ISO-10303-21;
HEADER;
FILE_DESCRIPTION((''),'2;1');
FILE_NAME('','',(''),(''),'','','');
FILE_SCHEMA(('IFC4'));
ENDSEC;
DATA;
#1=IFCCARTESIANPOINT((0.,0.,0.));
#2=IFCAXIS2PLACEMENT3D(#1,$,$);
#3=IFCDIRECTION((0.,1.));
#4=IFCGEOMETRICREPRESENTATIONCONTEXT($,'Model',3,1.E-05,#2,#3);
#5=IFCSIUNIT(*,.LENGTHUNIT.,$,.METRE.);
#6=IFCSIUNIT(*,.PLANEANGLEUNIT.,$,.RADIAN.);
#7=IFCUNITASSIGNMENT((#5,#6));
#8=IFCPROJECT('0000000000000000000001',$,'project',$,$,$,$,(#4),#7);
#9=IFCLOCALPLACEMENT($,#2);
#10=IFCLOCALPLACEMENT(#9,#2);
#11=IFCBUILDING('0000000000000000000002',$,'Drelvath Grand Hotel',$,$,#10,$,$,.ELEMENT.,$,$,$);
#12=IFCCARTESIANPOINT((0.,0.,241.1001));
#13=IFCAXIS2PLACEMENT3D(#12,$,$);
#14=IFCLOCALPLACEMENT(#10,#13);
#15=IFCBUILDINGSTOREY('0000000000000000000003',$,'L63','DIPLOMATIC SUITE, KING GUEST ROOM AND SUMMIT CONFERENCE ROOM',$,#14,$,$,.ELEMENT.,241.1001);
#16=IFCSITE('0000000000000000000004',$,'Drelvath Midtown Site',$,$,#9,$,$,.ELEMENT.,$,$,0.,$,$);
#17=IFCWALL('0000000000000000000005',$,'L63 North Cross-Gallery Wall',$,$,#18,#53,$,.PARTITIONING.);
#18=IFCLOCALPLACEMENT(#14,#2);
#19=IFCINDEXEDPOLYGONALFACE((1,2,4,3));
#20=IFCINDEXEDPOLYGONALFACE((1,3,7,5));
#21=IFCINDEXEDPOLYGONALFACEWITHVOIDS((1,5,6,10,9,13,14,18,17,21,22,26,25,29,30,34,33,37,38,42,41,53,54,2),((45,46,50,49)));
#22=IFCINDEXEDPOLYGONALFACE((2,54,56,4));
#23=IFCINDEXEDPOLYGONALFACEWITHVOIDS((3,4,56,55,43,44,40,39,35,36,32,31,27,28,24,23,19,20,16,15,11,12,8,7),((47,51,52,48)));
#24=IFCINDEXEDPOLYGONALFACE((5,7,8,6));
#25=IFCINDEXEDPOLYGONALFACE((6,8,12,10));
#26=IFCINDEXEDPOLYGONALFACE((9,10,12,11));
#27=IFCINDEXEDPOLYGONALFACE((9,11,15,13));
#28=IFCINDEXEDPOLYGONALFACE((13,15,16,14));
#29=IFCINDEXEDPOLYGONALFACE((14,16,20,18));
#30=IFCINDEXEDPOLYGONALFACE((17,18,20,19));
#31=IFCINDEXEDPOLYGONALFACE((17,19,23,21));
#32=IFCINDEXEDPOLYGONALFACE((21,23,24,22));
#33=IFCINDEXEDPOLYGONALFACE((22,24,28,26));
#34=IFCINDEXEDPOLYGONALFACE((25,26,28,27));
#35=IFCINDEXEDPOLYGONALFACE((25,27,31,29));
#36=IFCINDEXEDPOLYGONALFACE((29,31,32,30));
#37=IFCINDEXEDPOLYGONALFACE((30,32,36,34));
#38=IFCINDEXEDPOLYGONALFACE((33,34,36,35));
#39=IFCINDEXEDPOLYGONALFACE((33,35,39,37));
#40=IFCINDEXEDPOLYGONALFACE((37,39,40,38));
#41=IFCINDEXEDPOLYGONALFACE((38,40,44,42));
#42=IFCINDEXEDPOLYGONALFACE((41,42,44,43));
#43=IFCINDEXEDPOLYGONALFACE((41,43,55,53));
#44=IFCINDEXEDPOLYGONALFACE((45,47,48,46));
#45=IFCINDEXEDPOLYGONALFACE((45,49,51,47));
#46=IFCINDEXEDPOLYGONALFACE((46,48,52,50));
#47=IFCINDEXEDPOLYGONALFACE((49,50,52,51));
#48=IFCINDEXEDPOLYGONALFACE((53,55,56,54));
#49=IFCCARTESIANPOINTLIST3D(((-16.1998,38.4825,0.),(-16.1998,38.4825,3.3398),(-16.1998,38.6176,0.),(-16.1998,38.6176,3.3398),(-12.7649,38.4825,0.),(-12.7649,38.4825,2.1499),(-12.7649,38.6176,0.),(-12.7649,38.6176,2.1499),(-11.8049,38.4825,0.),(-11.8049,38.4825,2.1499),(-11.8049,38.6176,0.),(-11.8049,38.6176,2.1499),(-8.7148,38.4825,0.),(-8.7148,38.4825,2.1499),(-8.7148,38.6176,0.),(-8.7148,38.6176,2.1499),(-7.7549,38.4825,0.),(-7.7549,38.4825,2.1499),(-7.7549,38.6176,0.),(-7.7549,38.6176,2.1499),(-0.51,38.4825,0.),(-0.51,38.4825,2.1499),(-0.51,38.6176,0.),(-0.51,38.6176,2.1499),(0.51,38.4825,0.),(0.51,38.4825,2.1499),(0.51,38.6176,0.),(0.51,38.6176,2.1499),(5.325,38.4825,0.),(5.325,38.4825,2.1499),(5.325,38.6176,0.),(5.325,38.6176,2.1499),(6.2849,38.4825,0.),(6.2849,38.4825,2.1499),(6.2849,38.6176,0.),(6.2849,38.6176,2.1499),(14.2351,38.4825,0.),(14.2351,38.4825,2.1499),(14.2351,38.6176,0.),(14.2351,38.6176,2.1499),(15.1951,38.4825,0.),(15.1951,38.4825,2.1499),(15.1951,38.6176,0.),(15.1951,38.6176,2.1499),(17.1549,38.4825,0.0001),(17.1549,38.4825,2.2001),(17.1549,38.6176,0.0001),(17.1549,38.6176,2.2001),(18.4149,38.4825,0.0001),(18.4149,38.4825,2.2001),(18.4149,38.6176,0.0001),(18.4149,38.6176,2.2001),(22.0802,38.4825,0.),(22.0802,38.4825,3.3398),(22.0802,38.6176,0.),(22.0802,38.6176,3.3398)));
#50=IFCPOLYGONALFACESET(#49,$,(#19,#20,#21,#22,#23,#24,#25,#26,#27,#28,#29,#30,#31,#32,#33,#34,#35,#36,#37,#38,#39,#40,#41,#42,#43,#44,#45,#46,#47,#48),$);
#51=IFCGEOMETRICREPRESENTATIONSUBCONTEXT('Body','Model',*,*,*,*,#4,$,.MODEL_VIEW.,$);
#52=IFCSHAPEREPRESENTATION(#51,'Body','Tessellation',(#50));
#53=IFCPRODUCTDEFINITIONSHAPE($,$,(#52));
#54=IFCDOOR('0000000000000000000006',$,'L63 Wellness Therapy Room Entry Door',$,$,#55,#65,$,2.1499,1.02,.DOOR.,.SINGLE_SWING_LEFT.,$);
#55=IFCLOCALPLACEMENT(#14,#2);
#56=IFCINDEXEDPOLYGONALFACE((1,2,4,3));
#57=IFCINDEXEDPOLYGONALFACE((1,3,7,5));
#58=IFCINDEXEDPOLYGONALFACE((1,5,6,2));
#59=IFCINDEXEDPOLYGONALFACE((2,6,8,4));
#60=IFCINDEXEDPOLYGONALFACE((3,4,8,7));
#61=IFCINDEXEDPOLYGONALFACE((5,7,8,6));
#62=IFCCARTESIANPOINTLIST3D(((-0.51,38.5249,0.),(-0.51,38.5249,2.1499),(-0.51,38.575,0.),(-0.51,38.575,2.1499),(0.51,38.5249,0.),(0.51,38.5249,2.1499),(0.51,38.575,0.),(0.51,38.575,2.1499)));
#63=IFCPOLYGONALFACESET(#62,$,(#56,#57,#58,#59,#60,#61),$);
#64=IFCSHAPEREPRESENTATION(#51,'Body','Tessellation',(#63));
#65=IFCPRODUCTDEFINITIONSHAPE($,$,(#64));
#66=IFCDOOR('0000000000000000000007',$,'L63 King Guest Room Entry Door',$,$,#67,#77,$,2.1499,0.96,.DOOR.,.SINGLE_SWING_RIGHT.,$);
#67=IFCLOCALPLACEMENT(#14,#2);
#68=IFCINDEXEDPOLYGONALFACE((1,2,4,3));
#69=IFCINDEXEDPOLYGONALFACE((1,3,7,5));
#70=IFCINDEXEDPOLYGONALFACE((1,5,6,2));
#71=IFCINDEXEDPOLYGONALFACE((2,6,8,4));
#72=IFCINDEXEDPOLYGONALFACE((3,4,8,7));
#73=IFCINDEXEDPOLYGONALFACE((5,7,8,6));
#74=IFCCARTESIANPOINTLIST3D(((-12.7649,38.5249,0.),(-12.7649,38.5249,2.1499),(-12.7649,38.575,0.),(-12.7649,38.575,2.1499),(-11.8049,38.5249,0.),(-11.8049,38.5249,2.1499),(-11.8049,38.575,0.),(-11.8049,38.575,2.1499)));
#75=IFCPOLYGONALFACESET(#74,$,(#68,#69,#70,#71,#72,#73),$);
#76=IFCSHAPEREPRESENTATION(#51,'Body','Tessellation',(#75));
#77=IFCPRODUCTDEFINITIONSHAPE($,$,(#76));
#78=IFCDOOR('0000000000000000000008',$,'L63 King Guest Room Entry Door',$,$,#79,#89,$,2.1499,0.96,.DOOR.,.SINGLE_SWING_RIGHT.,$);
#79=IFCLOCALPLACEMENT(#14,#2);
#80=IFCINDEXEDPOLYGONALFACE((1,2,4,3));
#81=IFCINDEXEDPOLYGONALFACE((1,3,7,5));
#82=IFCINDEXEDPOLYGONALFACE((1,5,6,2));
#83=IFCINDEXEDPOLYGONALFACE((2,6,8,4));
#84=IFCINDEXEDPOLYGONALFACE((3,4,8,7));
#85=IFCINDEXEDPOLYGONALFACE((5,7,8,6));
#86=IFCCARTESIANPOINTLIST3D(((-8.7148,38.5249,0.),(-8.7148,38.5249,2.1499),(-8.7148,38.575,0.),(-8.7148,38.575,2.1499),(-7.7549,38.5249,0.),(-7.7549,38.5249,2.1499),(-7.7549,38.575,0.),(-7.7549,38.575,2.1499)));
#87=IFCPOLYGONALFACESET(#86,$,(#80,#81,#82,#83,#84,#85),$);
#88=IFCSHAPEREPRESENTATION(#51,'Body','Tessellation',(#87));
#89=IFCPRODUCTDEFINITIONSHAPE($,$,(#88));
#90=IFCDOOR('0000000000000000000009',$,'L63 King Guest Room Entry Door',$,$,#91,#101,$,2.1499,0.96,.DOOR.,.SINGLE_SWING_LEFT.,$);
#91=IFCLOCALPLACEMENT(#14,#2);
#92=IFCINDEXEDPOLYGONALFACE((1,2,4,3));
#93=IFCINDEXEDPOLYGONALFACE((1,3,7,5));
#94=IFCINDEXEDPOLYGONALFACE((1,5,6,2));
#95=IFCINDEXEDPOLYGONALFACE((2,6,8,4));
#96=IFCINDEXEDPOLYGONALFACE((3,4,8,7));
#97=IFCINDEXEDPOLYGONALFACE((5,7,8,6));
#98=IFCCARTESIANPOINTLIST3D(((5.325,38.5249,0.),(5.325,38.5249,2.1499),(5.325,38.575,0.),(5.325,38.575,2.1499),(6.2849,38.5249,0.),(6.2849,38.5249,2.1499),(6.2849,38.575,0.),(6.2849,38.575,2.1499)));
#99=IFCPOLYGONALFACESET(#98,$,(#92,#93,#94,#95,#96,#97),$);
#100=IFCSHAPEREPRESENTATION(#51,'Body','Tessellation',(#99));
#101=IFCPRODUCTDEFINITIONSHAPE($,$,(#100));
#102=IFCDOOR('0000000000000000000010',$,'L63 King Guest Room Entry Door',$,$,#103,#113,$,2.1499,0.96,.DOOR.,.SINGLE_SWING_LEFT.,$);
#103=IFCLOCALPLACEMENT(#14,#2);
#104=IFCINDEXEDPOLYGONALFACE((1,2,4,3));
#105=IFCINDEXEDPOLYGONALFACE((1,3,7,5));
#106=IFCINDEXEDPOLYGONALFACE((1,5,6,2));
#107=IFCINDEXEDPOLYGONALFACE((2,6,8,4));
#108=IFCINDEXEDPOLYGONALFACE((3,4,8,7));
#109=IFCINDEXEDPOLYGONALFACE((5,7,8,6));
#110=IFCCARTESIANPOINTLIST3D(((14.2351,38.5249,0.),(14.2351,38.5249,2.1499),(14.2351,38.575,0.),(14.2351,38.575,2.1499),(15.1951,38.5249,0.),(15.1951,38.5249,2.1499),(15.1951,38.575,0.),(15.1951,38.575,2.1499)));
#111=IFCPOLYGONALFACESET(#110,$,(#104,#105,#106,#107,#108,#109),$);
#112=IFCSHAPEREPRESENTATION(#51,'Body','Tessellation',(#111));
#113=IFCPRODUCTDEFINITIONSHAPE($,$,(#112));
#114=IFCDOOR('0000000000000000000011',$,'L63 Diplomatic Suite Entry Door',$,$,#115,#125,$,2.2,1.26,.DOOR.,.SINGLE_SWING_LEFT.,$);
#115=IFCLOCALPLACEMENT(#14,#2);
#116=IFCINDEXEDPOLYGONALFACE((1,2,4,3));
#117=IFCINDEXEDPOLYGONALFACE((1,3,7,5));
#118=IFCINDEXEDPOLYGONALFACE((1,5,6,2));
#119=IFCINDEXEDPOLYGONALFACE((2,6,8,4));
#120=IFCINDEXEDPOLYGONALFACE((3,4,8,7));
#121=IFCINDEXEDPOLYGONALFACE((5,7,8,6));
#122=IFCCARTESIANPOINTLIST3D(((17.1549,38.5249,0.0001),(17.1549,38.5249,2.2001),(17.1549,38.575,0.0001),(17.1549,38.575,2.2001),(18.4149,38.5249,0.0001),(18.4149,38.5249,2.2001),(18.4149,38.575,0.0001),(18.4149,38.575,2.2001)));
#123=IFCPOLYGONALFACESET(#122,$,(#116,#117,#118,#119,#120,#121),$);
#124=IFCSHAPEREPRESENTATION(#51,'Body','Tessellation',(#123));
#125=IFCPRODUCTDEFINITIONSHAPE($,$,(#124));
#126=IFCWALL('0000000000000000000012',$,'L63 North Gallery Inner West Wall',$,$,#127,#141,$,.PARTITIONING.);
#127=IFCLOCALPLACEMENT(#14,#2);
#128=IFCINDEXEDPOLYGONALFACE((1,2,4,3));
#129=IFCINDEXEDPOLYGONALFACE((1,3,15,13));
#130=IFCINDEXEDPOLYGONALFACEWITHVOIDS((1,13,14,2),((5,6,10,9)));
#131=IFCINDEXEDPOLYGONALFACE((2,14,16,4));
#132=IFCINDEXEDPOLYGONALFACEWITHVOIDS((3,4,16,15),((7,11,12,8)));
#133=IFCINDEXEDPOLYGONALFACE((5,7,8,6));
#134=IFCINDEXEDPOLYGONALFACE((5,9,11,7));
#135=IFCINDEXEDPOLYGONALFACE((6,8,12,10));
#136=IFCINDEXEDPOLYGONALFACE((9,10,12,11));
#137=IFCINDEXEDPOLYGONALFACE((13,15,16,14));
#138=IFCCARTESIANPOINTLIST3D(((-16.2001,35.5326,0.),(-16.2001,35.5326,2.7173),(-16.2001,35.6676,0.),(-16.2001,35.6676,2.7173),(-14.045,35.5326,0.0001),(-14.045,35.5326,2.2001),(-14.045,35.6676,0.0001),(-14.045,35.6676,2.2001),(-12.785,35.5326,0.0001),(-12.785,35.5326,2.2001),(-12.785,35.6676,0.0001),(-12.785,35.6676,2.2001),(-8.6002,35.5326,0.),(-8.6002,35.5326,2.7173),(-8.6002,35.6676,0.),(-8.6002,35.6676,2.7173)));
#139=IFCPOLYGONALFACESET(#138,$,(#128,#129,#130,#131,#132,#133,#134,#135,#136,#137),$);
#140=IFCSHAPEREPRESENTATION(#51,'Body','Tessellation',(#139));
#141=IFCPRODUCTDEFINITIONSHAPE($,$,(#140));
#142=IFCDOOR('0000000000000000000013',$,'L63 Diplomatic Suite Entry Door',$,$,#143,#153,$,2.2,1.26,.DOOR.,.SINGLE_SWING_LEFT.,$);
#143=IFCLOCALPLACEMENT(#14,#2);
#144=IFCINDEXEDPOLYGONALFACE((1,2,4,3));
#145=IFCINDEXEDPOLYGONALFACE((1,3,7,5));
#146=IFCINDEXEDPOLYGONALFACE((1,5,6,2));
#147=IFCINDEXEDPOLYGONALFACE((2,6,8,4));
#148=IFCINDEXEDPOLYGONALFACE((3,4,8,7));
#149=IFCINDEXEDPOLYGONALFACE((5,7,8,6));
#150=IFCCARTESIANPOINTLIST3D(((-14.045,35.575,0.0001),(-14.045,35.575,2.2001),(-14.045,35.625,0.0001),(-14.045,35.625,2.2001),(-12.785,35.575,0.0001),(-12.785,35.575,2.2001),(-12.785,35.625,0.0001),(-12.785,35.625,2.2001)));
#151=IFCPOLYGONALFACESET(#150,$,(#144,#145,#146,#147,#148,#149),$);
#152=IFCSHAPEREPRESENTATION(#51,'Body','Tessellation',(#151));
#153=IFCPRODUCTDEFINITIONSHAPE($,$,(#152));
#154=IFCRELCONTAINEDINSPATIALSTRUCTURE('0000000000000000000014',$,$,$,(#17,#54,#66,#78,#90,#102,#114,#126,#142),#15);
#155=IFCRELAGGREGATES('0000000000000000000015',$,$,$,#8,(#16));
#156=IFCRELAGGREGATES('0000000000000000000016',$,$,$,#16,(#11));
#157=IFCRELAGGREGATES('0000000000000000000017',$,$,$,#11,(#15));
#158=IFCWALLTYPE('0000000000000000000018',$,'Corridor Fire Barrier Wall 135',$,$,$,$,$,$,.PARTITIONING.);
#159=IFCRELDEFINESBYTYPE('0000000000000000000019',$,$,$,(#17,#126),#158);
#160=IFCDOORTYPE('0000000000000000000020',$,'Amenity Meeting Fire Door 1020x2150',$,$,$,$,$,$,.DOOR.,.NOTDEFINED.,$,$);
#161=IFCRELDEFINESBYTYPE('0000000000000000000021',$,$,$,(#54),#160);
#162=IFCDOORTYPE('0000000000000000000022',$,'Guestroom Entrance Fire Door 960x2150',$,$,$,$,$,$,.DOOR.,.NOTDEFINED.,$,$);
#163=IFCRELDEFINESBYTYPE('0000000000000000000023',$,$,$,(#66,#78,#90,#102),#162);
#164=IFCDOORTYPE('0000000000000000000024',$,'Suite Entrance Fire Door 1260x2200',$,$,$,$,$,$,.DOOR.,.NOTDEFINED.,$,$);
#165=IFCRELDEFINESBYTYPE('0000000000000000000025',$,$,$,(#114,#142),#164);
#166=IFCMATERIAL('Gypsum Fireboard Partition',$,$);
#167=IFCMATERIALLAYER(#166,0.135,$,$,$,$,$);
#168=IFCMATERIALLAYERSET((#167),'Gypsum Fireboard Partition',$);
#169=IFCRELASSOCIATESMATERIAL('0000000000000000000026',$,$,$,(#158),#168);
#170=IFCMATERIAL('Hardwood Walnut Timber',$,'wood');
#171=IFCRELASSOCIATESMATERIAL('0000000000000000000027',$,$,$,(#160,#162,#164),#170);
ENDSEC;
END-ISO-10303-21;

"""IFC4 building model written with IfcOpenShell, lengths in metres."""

from ifc_helpers import new_model, si_unit, direction, frame, frame_2d, origin, place, context, subcontext, project, spatial, rectangle, extrude, material, layer, layer_set, type_object, element, fill, save


model = new_model("IFC4")

# Units and contexts
model_context = context("Model", 3, precision=1e-05, world=origin(), true_north=direction((0.0, 1.0)))
body_context = subcontext(model_context, "Body", "Model", "MODEL_VIEW")
ifc_project = project(units=[si_unit("LENGTHUNIT", "METRE"), si_unit("PLANEANGLEUNIT", "RADIAN")], contexts=[model_context])

# Site, building, storey
site_placement = place(None, origin())
site = spatial("IfcSite", under=ifc_project, at=site_placement, Name="Drelvath Midtown Site", CompositionType="ELEMENT", RefElevation=0.0)
building_placement = place(site_placement, origin())
building = spatial("IfcBuilding", under=site, at=building_placement, Name="Drelvath Grand Hotel", CompositionType="ELEMENT")
storey_placement = place(building_placement, frame((0.0, 0.0, 241.1001)))
storey = spatial("IfcBuildingStorey", under=building, at=storey_placement, Name="L63", Description="DIPLOMATIC SUITE, KING GUEST ROOM AND SUMMIT CONFERENCE ROOM", CompositionType="ELEMENT", Elevation=241.1001)

# Wall, openings, doors
ifc_material_1 = material(Name="Gypsum Fireboard Partition")
ifc_layer_1 = layer(ifc_material_1, 0.135)
ifc_layer_set_1 = layer_set([ifc_layer_1], Name="Gypsum Fireboard Partition")
wall_type_1 = type_object("IfcWallType", Name="Corridor Fire Barrier Wall 135", PredefinedType="PARTITIONING", material=ifc_layer_set_1)
wall_1_placement = place(storey_placement, frame((-16.2, 38.55, 0.0), z_axis=(0.0, 0.0, 1.0), x_axis=(1.0, 0.0, 0.0)))
wall_1 = element("IfcWall", 1, at=wall_1_placement, inside=storey, type_object=wall_type_1, Name="L63 North Cross-Gallery Wall", PredefinedType="PARTITIONING", context=body_context, shape_type="SweptSolid", body=[
    extrude(rectangle(XDim=38.28, YDim=0.135, at=frame_2d((19.1401, 0.0))), origin(), (0.0, 0.0, 1.0), 3.3398),
])
opening_1_placement = place(wall_1_placement, frame((33.355, 0.0, 0.0)))
opening_1 = element("IfcOpeningElement", 2, at=opening_1_placement, cuts=wall_1, PredefinedType="OPENING", context=body_context, shape_type="SweptSolid", body=[
    extrude(rectangle(XDim=1.26, YDim=2.2, at=frame_2d((0.6299, 1.1001))), frame((0.0, 0.0774, 0.0), z_axis=(0.0, -1.0, 0.0), x_axis=(1.0, 0.0, 0.0)), (0.0, 0.0, 1.0), 0.155),
])
opening_2_placement = place(wall_1_placement, frame((3.4351, 0.0, 0.0)))
opening_2 = element("IfcOpeningElement", 3, at=opening_2_placement, cuts=wall_1, PredefinedType="OPENING", context=body_context, shape_type="SweptSolid", body=[
    extrude(rectangle(XDim=0.96, YDim=2.1499, at=frame_2d((0.48, 1.075))), frame((0.0, 0.0774, 0.0), z_axis=(0.0, -1.0, 0.0), x_axis=(1.0, 0.0, 0.0)), (0.0, 0.0, 1.0), 0.155),
])
opening_3_placement = place(wall_1_placement, frame((7.4851, 0.0, 0.0)))
opening_3 = element("IfcOpeningElement", 4, at=opening_3_placement, cuts=wall_1, PredefinedType="OPENING", context=body_context, shape_type="SweptSolid", body=[
    extrude(rectangle(XDim=0.96, YDim=2.1499, at=frame_2d((0.48, 1.075))), frame((0.0, 0.0774, 0.0), z_axis=(0.0, -1.0, 0.0), x_axis=(1.0, 0.0, 0.0)), (0.0, 0.0, 1.0), 0.155),
])
opening_4_placement = place(wall_1_placement, frame((15.6899, 0.0, 0.0)))
opening_4 = element("IfcOpeningElement", 5, at=opening_4_placement, cuts=wall_1, PredefinedType="OPENING", context=body_context, shape_type="SweptSolid", body=[
    extrude(rectangle(XDim=1.02, YDim=2.1499, at=frame_2d((0.51, 1.075))), frame((0.0, 0.0774, 0.0), z_axis=(0.0, -1.0, 0.0), x_axis=(1.0, 0.0, 0.0)), (0.0, 0.0, 1.0), 0.155),
])
opening_5_placement = place(wall_1_placement, frame((21.5249, 0.0, 0.0)))
opening_5 = element("IfcOpeningElement", 6, at=opening_5_placement, cuts=wall_1, PredefinedType="OPENING", context=body_context, shape_type="SweptSolid", body=[
    extrude(rectangle(XDim=0.96, YDim=2.1499, at=frame_2d((0.48, 1.075))), frame((0.0, 0.0774, 0.0), z_axis=(0.0, -1.0, 0.0), x_axis=(1.0, 0.0, 0.0)), (0.0, 0.0, 1.0), 0.155),
])
opening_6_placement = place(wall_1_placement, frame((30.4351, 0.0, 0.0)))
opening_6 = element("IfcOpeningElement", 7, at=opening_6_placement, cuts=wall_1, PredefinedType="OPENING", context=body_context, shape_type="SweptSolid", body=[
    extrude(rectangle(XDim=0.96, YDim=2.1499, at=frame_2d((0.48, 1.075))), frame((0.0, 0.0774, 0.0), z_axis=(0.0, -1.0, 0.0), x_axis=(1.0, 0.0, 0.0)), (0.0, 0.0, 1.0), 0.155),
])
ifc_material_2 = material(Name="Hardwood Walnut Timber", Category="wood")
door_type_1 = type_object("IfcDoorType", Name="Amenity Meeting Fire Door 1020x2150", OperationType="NOTDEFINED", PredefinedType="DOOR", material=ifc_material_2)
door_1_placement = place(opening_4_placement, origin())
door_1 = element("IfcDoor", 8, at=door_1_placement, inside=storey, type_object=door_type_1, Name="L63 Wellness Therapy Room Entry Door", OperationType="SINGLE_SWING_LEFT", OverallHeight=2.1499, OverallWidth=1.02, PredefinedType="DOOR", context=body_context, shape_type="SweptSolid", body=[
    extrude(rectangle(XDim=1.02, YDim=2.1499, at=frame_2d((0.51, 1.075))), frame((0.0, 0.0249, 0.0), z_axis=(0.0, -1.0, 0.0), x_axis=(1.0, 0.0, 0.0)), (0.0, 0.0, 1.0), 0.05),
])
fill(opening_4, door_1)
door_type_2 = type_object("IfcDoorType", Name="Guestroom Entrance Fire Door 960x2150", OperationType="NOTDEFINED", PredefinedType="DOOR", material=ifc_material_2)
door_2_placement = place(opening_2_placement, origin())
door_2 = element("IfcDoor", 9, at=door_2_placement, inside=storey, type_object=door_type_2, Name="L63 King Guest Room Entry Door", OperationType="SINGLE_SWING_RIGHT", OverallHeight=2.1499, OverallWidth=0.96, PredefinedType="DOOR", context=body_context, shape_type="SweptSolid", body=[
    extrude(rectangle(XDim=0.96, YDim=2.1499, at=frame_2d((0.48, 1.075))), frame((0.0, 0.0249, 0.0), z_axis=(0.0, -1.0, 0.0), x_axis=(1.0, 0.0, 0.0)), (0.0, 0.0, 1.0), 0.05),
])
fill(opening_2, door_2)
door_3_placement = place(opening_3_placement, origin())
door_3 = element("IfcDoor", 10, at=door_3_placement, inside=storey, type_object=door_type_2, Name="L63 King Guest Room Entry Door", OperationType="SINGLE_SWING_RIGHT", OverallHeight=2.1499, OverallWidth=0.96, PredefinedType="DOOR", context=body_context, shape_type="SweptSolid", body=[
    extrude(rectangle(XDim=0.96, YDim=2.1499, at=frame_2d((0.48, 1.075))), frame((0.0, 0.0249, 0.0), z_axis=(0.0, -1.0, 0.0), x_axis=(1.0, 0.0, 0.0)), (0.0, 0.0, 1.0), 0.05),
])
fill(opening_3, door_3)
door_4_placement = place(opening_5_placement, origin())
door_4 = element("IfcDoor", 11, at=door_4_placement, inside=storey, type_object=door_type_2, Name="L63 King Guest Room Entry Door", OperationType="SINGLE_SWING_LEFT", OverallHeight=2.1499, OverallWidth=0.96, PredefinedType="DOOR", context=body_context, shape_type="SweptSolid", body=[
    extrude(rectangle(XDim=0.96, YDim=2.1499, at=frame_2d((0.48, 1.075))), frame((0.0, 0.0249, 0.0), z_axis=(0.0, -1.0, 0.0), x_axis=(1.0, 0.0, 0.0)), (0.0, 0.0, 1.0), 0.05),
])
fill(opening_5, door_4)
door_5_placement = place(opening_6_placement, origin())
door_5 = element("IfcDoor", 12, at=door_5_placement, inside=storey, type_object=door_type_2, Name="L63 King Guest Room Entry Door", OperationType="SINGLE_SWING_LEFT", OverallHeight=2.1499, OverallWidth=0.96, PredefinedType="DOOR", context=body_context, shape_type="SweptSolid", body=[
    extrude(rectangle(XDim=0.96, YDim=2.1499, at=frame_2d((0.48, 1.075))), frame((0.0, 0.0249, 0.0), z_axis=(0.0, -1.0, 0.0), x_axis=(1.0, 0.0, 0.0)), (0.0, 0.0, 1.0), 0.05),
])
fill(opening_6, door_5)
door_type_3 = type_object("IfcDoorType", Name="Suite Entrance Fire Door 1260x2200", OperationType="NOTDEFINED", PredefinedType="DOOR", material=ifc_material_2)
door_6_placement = place(opening_1_placement, origin())
door_6 = element("IfcDoor", 13, at=door_6_placement, inside=storey, type_object=door_type_3, Name="L63 Diplomatic Suite Entry Door", OperationType="SINGLE_SWING_LEFT", OverallHeight=2.2, OverallWidth=1.26, PredefinedType="DOOR", context=body_context, shape_type="SweptSolid", body=[
    extrude(rectangle(XDim=1.26, YDim=2.2, at=frame_2d((0.6299, 1.1001))), frame((0.0, 0.0249, 0.0), z_axis=(0.0, -1.0, 0.0), x_axis=(1.0, 0.0, 0.0)), (0.0, 0.0, 1.0), 0.05),
])
fill(opening_1, door_6)

# Wall, opening, door
wall_2_placement = place(storey_placement, frame((-16.2, 35.6001, 0.0), z_axis=(0.0, 0.0, 1.0), x_axis=(1.0, 0.0, 0.0)))
wall_2 = element("IfcWall", 14, at=wall_2_placement, inside=storey, type_object=wall_type_1, Name="L63 North Gallery Inner West Wall", PredefinedType="PARTITIONING", context=body_context, shape_type="SweptSolid", body=[
    extrude(rectangle(XDim=7.5999, YDim=0.135, at=frame_2d((3.7998, 0.0))), origin(), (0.0, 0.0, 1.0), 2.7173),
])
opening_7_placement = place(wall_2_placement, frame((2.155, 0.0, 0.0)))
opening_7 = element("IfcOpeningElement", 15, at=opening_7_placement, cuts=wall_2, PredefinedType="OPENING", context=body_context, shape_type="SweptSolid", body=[
    extrude(rectangle(XDim=1.26, YDim=2.2, at=frame_2d((0.6299, 1.1001))), frame((0.0, 0.0774, 0.0), z_axis=(0.0, -1.0, 0.0), x_axis=(1.0, 0.0, 0.0)), (0.0, 0.0, 1.0), 0.155),
])
door_7_placement = place(opening_7_placement, origin())
door_7 = element("IfcDoor", 16, at=door_7_placement, inside=storey, type_object=door_type_3, Name="L63 Diplomatic Suite Entry Door", OperationType="SINGLE_SWING_LEFT", OverallHeight=2.2, OverallWidth=1.26, PredefinedType="DOOR", context=body_context, shape_type="SweptSolid", body=[
    extrude(rectangle(XDim=1.26, YDim=2.2, at=frame_2d((0.6299, 1.1001))), frame((0.0, 0.0249, 0.0), z_axis=(0.0, -1.0, 0.0), x_axis=(1.0, 0.0, 0.0)), (0.0, 0.0, 1.0), 0.05),
])
fill(opening_7, door_7)

save(model, "model.ifc")
